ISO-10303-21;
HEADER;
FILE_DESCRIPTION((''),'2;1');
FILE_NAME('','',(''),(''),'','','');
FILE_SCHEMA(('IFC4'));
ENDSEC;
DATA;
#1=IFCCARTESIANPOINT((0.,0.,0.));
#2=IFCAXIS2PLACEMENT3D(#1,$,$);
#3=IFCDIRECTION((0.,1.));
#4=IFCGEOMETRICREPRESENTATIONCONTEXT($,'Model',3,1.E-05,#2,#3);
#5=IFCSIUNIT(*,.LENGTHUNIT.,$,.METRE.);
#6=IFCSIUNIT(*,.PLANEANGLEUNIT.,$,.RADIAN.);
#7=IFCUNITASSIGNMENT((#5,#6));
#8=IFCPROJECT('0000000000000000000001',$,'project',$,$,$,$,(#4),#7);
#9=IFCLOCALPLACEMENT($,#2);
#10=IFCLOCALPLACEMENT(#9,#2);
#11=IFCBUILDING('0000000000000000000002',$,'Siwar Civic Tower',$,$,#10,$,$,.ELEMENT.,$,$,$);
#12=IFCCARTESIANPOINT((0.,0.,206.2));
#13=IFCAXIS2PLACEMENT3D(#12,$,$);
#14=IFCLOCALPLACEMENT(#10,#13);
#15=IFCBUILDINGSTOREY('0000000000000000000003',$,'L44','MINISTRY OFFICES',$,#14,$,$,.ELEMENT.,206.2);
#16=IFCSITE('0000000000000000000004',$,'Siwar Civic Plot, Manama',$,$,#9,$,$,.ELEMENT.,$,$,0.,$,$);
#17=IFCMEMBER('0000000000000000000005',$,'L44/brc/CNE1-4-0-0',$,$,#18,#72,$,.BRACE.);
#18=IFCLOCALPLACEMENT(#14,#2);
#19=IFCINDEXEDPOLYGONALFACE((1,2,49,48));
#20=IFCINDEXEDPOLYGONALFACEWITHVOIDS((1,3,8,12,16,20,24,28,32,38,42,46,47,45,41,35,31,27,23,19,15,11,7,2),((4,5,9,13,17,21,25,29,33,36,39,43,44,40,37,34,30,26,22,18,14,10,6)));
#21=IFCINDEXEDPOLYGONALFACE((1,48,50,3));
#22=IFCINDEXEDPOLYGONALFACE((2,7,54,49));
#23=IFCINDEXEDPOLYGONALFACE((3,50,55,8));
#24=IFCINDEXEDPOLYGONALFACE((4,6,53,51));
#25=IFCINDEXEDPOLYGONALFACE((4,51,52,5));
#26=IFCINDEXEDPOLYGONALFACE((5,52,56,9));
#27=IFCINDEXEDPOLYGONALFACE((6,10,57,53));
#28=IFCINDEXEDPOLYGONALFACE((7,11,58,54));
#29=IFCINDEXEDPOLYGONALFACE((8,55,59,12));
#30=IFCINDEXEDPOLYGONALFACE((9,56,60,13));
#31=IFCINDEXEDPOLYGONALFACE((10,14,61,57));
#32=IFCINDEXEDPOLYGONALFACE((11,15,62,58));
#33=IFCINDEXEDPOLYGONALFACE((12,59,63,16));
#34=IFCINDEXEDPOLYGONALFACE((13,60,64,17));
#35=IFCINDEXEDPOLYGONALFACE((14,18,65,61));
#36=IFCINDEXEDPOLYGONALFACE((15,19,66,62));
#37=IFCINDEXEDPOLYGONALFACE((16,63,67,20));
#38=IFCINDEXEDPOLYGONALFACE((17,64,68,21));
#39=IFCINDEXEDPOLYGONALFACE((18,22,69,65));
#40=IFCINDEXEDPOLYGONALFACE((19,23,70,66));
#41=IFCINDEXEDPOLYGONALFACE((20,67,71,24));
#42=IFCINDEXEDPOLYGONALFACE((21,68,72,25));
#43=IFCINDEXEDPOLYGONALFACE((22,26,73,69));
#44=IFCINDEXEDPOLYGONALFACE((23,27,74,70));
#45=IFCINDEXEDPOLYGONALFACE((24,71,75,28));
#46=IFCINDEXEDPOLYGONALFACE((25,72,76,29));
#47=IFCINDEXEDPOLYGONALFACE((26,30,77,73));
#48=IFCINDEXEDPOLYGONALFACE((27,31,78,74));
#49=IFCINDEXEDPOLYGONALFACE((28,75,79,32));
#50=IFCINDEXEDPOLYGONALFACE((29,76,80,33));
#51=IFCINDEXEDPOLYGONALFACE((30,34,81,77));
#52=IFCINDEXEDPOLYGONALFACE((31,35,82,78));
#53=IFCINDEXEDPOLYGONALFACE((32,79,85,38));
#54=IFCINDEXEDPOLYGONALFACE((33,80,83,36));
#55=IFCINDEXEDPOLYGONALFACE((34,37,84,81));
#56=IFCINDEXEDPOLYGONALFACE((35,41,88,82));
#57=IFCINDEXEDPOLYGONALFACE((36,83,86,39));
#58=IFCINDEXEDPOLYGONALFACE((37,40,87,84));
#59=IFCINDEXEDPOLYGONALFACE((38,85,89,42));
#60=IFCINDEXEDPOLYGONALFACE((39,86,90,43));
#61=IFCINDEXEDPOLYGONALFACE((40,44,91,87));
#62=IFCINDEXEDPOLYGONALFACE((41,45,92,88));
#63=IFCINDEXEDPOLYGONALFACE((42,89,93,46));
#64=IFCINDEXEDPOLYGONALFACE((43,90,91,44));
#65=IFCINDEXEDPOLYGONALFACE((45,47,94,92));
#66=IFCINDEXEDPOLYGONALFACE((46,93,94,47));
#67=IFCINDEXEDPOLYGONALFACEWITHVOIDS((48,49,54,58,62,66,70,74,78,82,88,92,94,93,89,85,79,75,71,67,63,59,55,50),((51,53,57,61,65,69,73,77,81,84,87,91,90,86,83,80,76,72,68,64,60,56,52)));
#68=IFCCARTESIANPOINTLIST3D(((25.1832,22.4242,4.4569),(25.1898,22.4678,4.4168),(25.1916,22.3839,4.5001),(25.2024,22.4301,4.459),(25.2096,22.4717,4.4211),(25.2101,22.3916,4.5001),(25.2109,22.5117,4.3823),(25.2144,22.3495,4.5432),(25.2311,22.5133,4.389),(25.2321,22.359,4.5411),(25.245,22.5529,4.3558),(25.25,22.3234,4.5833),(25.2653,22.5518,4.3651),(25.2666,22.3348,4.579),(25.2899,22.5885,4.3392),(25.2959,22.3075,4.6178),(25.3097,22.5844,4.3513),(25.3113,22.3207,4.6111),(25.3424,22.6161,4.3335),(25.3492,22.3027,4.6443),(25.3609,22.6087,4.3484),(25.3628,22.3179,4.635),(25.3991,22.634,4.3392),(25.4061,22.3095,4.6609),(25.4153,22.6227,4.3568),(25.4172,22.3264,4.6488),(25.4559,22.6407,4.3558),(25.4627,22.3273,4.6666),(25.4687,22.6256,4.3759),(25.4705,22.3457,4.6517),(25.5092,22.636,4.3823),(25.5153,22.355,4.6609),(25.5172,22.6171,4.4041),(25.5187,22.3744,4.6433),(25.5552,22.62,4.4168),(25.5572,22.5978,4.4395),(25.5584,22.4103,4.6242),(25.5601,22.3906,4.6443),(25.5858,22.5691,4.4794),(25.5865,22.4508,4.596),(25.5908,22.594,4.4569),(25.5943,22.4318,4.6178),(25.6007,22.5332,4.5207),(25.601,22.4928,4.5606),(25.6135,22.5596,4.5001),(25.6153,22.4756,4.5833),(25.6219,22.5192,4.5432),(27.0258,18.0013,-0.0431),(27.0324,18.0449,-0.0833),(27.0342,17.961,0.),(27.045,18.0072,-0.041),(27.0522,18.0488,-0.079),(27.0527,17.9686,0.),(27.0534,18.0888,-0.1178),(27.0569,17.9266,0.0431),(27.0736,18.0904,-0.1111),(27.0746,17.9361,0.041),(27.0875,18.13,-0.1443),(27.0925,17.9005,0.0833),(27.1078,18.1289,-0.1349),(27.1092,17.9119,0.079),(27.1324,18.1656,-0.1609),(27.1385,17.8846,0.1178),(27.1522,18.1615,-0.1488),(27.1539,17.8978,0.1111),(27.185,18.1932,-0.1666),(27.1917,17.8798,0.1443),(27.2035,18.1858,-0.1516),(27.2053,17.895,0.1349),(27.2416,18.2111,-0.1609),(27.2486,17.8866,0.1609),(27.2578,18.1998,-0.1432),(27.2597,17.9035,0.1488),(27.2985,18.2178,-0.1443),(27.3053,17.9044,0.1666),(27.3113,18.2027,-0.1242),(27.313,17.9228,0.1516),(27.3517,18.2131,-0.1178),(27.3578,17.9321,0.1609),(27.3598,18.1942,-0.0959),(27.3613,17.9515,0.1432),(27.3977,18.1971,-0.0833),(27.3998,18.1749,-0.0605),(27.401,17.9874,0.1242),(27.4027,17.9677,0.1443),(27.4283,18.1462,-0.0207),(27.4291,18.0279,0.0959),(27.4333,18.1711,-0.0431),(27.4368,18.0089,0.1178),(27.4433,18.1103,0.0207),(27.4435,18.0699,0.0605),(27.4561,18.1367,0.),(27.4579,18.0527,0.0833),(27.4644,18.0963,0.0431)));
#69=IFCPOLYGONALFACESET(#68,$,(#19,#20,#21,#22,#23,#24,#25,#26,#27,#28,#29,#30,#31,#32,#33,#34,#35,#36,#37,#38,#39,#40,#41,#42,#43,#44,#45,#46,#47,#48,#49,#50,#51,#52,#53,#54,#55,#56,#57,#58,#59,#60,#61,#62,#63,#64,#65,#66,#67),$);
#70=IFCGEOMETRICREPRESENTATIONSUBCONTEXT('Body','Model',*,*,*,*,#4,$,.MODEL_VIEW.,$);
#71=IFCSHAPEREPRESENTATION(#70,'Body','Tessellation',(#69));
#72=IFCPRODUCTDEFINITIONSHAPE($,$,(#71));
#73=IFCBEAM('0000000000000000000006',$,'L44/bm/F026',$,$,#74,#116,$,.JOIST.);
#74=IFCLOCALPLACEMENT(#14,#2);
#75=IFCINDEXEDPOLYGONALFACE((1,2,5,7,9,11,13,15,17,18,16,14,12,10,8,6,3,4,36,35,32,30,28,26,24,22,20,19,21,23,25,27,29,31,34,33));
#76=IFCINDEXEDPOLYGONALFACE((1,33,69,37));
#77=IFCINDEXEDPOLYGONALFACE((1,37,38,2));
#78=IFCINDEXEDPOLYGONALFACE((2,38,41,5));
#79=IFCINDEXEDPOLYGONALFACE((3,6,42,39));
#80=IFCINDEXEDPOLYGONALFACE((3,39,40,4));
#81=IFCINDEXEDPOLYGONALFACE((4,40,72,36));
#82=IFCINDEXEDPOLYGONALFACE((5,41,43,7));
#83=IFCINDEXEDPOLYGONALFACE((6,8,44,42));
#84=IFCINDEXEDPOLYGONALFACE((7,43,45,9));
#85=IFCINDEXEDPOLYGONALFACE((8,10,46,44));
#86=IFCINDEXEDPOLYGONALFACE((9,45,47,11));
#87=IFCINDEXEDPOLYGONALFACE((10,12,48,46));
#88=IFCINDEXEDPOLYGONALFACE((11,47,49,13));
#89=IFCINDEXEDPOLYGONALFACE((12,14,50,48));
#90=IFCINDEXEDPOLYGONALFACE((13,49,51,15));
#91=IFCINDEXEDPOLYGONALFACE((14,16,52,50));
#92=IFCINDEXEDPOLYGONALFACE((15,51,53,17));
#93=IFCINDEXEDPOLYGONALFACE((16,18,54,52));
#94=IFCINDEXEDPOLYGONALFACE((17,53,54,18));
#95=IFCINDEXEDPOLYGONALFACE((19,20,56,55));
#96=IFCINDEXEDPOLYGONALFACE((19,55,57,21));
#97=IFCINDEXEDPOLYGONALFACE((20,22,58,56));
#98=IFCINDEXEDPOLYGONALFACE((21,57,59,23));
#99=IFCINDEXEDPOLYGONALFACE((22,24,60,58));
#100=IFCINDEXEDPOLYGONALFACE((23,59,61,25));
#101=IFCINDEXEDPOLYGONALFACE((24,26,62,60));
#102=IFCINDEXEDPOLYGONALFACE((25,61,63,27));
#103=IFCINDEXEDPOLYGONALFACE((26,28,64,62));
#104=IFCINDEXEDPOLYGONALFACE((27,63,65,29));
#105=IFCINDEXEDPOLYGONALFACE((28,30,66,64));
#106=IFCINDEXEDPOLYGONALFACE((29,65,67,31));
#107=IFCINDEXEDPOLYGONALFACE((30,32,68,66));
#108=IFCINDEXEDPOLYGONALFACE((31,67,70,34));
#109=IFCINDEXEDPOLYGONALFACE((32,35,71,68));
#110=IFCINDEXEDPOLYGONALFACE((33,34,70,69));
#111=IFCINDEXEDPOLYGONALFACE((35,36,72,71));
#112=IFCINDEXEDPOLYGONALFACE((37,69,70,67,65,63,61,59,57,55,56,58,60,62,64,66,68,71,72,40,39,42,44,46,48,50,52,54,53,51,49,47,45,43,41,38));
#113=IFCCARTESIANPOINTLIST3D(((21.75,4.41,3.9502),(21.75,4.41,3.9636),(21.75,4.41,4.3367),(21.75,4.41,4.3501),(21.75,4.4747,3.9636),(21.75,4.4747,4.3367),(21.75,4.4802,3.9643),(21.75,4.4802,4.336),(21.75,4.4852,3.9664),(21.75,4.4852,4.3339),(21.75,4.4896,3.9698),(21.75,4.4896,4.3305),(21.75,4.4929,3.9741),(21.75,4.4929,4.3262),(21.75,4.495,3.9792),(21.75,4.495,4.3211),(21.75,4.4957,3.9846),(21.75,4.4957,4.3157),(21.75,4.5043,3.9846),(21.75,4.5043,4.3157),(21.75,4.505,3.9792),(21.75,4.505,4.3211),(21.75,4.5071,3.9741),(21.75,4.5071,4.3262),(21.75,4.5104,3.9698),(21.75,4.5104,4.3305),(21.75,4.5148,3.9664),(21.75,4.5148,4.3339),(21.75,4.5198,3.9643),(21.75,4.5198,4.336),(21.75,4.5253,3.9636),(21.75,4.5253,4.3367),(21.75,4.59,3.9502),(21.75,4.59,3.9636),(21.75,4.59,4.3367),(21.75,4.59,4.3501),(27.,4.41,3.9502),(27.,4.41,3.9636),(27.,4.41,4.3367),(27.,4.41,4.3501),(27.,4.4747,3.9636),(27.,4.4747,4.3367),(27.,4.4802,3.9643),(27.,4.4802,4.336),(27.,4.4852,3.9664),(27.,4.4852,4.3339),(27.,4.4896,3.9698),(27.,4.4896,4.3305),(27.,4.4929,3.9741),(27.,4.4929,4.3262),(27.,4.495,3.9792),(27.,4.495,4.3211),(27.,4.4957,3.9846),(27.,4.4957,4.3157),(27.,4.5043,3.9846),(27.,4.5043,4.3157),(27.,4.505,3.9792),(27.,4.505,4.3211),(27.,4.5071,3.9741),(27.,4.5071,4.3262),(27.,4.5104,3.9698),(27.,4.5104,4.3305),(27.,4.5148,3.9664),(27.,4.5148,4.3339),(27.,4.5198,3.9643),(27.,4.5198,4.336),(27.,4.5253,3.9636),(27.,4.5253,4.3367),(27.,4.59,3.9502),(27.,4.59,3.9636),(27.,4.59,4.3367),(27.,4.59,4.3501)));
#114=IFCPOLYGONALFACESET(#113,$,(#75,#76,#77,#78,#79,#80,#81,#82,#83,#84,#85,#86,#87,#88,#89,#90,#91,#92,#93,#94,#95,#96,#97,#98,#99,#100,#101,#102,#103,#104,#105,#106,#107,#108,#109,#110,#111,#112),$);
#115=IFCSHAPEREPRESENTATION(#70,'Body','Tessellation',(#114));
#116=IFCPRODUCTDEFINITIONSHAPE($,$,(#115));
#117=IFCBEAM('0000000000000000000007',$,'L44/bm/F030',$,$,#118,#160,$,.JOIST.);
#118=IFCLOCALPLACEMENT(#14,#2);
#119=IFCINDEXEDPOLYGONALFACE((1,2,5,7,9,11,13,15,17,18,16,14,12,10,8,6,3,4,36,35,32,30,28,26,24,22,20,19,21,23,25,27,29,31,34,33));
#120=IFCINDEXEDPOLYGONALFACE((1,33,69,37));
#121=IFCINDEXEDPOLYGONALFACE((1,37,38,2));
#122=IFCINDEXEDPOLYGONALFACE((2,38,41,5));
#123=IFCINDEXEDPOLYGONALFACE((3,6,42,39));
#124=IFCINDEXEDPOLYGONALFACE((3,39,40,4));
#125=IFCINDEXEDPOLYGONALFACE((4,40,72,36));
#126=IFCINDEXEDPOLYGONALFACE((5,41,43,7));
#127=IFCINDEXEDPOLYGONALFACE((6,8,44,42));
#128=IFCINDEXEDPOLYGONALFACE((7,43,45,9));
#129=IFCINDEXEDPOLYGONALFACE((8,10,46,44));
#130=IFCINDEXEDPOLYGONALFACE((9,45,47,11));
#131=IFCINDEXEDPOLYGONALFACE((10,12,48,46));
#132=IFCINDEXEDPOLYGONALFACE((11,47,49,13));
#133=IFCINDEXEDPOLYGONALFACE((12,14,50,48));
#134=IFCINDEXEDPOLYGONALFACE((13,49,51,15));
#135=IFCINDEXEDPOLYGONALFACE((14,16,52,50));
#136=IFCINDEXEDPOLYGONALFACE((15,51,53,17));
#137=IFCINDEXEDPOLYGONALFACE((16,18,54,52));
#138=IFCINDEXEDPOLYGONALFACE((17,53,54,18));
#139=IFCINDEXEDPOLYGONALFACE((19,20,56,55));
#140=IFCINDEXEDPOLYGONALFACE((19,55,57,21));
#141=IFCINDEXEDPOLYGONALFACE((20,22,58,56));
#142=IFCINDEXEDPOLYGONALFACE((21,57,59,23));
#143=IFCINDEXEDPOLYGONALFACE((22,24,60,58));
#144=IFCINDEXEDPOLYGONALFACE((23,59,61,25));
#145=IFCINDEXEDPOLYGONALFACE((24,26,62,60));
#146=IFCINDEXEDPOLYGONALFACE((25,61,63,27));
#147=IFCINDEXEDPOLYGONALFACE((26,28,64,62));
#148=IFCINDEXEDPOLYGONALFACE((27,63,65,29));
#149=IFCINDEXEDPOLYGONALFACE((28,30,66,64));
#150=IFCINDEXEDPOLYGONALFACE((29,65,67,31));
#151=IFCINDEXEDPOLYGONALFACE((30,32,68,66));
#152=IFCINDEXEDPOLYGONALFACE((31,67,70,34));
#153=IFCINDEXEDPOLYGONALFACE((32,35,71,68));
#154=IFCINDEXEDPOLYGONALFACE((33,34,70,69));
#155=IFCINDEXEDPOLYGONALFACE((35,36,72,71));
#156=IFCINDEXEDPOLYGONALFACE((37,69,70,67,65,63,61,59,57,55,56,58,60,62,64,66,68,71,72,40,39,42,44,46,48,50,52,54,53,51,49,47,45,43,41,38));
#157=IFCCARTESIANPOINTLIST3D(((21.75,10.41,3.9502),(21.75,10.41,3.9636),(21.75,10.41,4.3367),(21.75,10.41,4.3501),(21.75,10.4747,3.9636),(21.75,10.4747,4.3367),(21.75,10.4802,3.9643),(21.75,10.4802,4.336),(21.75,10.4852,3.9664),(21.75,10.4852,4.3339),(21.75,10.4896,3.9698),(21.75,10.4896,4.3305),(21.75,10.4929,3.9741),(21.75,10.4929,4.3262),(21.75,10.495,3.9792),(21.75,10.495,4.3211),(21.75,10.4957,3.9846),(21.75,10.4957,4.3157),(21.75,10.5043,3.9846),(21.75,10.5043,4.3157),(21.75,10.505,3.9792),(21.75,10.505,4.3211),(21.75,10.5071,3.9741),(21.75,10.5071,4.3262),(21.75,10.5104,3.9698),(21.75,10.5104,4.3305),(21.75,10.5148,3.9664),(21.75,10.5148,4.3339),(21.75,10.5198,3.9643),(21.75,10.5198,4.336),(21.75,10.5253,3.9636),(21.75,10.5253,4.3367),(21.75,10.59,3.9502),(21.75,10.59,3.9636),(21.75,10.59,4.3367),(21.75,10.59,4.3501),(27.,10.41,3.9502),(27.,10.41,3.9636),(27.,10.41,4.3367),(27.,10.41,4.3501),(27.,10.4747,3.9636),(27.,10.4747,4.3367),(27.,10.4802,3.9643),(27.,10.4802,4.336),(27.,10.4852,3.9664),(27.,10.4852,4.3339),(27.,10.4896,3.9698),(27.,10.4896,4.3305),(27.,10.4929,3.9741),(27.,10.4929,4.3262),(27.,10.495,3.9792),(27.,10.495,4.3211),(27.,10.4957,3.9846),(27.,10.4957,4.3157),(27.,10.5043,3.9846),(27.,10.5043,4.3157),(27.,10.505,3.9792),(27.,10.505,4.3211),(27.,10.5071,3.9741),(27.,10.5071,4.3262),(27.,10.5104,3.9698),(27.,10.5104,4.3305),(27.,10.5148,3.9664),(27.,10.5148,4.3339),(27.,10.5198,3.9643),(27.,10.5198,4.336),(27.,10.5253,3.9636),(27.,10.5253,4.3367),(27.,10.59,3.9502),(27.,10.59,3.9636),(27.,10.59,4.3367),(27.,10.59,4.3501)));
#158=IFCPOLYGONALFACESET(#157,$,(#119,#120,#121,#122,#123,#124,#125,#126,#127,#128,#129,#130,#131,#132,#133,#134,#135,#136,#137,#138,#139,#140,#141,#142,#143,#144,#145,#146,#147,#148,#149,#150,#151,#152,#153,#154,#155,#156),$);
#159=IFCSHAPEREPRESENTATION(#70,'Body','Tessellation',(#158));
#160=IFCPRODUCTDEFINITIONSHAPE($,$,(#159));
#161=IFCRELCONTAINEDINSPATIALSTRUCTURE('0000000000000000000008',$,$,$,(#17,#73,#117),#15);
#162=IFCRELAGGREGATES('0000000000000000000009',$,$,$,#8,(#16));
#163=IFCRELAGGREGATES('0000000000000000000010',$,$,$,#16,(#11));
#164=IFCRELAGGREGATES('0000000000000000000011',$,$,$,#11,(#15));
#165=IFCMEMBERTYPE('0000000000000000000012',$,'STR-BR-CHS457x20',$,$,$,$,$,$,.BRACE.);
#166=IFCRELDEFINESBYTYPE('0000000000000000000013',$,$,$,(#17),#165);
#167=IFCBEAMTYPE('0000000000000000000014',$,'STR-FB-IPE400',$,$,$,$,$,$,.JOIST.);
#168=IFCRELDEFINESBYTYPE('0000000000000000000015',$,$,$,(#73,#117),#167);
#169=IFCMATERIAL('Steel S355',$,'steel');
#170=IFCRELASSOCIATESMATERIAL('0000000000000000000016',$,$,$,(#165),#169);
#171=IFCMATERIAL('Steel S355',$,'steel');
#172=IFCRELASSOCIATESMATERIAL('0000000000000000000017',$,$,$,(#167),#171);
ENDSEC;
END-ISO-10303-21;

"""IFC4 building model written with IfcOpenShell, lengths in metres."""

from ifc_helpers import new_model, si_unit, direction, frame, origin, origin_2d, place, context, subcontext, project, spatial, hollow_circle, i_section, extrude, material, material_profile, profile_set, type_object, element, save


model = new_model("IFC4")

# Units and contexts
model_context = context("Model", 3, precision=1e-05, world=origin(), true_north=direction((0.0, 1.0)))
body_context = subcontext(model_context, "Body", "Model", "MODEL_VIEW")
ifc_project = project(units=[si_unit("LENGTHUNIT", "METRE"), si_unit("PLANEANGLEUNIT", "RADIAN")], contexts=[model_context])

# Site, building, storey
site_placement = place(None, origin())
site = spatial("IfcSite", under=ifc_project, at=site_placement, Name="Siwar Civic Plot, Manama", CompositionType="ELEMENT", RefElevation=0.0)
building_placement = place(site_placement, origin())
building = spatial("IfcBuilding", under=site, at=building_placement, Name="Siwar Civic Tower", CompositionType="ELEMENT")
storey_placement = place(building_placement, frame((0.0, 0.0, 206.2)))
storey = spatial("IfcBuildingStorey", under=building, at=storey_placement, Name="L44", Description="MINISTRY OFFICES", CompositionType="ELEMENT", Elevation=206.2)

# Member
ifc_material_1 = material(Name="Steel S355", Category="steel")
ifc_material_profile_1 = material_profile(ifc_material_1, hollow_circle(Radius=0.2285, WallThickness=0.02, at=origin_2d()), Name="CHS457x20")
ifc_profile_set_1 = profile_set([ifc_material_profile_1], Name="Steel S355")
member_type_1 = type_object("IfcMemberType", Name="STR-BR-CHS457x20", PredefinedType="BRACE", material=ifc_profile_set_1)
member_1_placement = place(storey_placement, frame((27.2451, 18.0488, 0.0), z_axis=(-0.280311, 0.672865, 0.684601), x_axis=(-0.923101, -0.384557, 0.0)))
element("IfcMember", 1, at=member_1_placement, inside=storey, type_object=member_type_1, Name="L44/brc/CNE1-4-0-0", PredefinedType="BRACE", context=body_context, shape_type="SweptSolid", body=[
    extrude(hollow_circle(Radius=0.2285, WallThickness=0.02, at=origin_2d()), origin(), (0.0, 0.0, 1.0), 6.5732),
])

# Beams
ifc_material_2 = material(Name="Steel S355", Category="steel")
ifc_material_profile_2 = material_profile(ifc_material_2, i_section(OverallWidth=0.1799, OverallDepth=0.3999, WebThickness=0.0085, FlangeThickness=0.0134, FilletRadius=0.021, at=origin_2d()), Name="IPE400")
ifc_profile_set_2 = profile_set([ifc_material_profile_2], Name="Steel S355")
beam_type_1 = type_object("IfcBeamType", Name="STR-FB-IPE400", PredefinedType="JOIST", material=ifc_profile_set_2)
for number, where, z_axis, x_axis, name in (
    (2, (21.75, 4.5, 4.1501), (1.0, 0.0, 0.0), (0.0, 1.0, 0.0), "L44/bm/F026"),
    (3, (21.75, 10.5, 4.1501), (1.0, 0.0, 0.0), (0.0, 1.0, 0.0), "L44/bm/F030"),
):
    element("IfcBeam", number, at=place(storey_placement, frame(where, z_axis=z_axis, x_axis=x_axis)), inside=storey, type_object=beam_type_1, Name=name, PredefinedType="JOIST", context=body_context, shape_type="SweptSolid", body=[
        extrude(i_section(OverallWidth=0.1799, OverallDepth=0.3999, WebThickness=0.0085, FlangeThickness=0.0134, FilletRadius=0.021, at=origin_2d()), origin(), (0.0, 0.0, 1.0), 5.25),
    ])

save(model, "model.ifc")
